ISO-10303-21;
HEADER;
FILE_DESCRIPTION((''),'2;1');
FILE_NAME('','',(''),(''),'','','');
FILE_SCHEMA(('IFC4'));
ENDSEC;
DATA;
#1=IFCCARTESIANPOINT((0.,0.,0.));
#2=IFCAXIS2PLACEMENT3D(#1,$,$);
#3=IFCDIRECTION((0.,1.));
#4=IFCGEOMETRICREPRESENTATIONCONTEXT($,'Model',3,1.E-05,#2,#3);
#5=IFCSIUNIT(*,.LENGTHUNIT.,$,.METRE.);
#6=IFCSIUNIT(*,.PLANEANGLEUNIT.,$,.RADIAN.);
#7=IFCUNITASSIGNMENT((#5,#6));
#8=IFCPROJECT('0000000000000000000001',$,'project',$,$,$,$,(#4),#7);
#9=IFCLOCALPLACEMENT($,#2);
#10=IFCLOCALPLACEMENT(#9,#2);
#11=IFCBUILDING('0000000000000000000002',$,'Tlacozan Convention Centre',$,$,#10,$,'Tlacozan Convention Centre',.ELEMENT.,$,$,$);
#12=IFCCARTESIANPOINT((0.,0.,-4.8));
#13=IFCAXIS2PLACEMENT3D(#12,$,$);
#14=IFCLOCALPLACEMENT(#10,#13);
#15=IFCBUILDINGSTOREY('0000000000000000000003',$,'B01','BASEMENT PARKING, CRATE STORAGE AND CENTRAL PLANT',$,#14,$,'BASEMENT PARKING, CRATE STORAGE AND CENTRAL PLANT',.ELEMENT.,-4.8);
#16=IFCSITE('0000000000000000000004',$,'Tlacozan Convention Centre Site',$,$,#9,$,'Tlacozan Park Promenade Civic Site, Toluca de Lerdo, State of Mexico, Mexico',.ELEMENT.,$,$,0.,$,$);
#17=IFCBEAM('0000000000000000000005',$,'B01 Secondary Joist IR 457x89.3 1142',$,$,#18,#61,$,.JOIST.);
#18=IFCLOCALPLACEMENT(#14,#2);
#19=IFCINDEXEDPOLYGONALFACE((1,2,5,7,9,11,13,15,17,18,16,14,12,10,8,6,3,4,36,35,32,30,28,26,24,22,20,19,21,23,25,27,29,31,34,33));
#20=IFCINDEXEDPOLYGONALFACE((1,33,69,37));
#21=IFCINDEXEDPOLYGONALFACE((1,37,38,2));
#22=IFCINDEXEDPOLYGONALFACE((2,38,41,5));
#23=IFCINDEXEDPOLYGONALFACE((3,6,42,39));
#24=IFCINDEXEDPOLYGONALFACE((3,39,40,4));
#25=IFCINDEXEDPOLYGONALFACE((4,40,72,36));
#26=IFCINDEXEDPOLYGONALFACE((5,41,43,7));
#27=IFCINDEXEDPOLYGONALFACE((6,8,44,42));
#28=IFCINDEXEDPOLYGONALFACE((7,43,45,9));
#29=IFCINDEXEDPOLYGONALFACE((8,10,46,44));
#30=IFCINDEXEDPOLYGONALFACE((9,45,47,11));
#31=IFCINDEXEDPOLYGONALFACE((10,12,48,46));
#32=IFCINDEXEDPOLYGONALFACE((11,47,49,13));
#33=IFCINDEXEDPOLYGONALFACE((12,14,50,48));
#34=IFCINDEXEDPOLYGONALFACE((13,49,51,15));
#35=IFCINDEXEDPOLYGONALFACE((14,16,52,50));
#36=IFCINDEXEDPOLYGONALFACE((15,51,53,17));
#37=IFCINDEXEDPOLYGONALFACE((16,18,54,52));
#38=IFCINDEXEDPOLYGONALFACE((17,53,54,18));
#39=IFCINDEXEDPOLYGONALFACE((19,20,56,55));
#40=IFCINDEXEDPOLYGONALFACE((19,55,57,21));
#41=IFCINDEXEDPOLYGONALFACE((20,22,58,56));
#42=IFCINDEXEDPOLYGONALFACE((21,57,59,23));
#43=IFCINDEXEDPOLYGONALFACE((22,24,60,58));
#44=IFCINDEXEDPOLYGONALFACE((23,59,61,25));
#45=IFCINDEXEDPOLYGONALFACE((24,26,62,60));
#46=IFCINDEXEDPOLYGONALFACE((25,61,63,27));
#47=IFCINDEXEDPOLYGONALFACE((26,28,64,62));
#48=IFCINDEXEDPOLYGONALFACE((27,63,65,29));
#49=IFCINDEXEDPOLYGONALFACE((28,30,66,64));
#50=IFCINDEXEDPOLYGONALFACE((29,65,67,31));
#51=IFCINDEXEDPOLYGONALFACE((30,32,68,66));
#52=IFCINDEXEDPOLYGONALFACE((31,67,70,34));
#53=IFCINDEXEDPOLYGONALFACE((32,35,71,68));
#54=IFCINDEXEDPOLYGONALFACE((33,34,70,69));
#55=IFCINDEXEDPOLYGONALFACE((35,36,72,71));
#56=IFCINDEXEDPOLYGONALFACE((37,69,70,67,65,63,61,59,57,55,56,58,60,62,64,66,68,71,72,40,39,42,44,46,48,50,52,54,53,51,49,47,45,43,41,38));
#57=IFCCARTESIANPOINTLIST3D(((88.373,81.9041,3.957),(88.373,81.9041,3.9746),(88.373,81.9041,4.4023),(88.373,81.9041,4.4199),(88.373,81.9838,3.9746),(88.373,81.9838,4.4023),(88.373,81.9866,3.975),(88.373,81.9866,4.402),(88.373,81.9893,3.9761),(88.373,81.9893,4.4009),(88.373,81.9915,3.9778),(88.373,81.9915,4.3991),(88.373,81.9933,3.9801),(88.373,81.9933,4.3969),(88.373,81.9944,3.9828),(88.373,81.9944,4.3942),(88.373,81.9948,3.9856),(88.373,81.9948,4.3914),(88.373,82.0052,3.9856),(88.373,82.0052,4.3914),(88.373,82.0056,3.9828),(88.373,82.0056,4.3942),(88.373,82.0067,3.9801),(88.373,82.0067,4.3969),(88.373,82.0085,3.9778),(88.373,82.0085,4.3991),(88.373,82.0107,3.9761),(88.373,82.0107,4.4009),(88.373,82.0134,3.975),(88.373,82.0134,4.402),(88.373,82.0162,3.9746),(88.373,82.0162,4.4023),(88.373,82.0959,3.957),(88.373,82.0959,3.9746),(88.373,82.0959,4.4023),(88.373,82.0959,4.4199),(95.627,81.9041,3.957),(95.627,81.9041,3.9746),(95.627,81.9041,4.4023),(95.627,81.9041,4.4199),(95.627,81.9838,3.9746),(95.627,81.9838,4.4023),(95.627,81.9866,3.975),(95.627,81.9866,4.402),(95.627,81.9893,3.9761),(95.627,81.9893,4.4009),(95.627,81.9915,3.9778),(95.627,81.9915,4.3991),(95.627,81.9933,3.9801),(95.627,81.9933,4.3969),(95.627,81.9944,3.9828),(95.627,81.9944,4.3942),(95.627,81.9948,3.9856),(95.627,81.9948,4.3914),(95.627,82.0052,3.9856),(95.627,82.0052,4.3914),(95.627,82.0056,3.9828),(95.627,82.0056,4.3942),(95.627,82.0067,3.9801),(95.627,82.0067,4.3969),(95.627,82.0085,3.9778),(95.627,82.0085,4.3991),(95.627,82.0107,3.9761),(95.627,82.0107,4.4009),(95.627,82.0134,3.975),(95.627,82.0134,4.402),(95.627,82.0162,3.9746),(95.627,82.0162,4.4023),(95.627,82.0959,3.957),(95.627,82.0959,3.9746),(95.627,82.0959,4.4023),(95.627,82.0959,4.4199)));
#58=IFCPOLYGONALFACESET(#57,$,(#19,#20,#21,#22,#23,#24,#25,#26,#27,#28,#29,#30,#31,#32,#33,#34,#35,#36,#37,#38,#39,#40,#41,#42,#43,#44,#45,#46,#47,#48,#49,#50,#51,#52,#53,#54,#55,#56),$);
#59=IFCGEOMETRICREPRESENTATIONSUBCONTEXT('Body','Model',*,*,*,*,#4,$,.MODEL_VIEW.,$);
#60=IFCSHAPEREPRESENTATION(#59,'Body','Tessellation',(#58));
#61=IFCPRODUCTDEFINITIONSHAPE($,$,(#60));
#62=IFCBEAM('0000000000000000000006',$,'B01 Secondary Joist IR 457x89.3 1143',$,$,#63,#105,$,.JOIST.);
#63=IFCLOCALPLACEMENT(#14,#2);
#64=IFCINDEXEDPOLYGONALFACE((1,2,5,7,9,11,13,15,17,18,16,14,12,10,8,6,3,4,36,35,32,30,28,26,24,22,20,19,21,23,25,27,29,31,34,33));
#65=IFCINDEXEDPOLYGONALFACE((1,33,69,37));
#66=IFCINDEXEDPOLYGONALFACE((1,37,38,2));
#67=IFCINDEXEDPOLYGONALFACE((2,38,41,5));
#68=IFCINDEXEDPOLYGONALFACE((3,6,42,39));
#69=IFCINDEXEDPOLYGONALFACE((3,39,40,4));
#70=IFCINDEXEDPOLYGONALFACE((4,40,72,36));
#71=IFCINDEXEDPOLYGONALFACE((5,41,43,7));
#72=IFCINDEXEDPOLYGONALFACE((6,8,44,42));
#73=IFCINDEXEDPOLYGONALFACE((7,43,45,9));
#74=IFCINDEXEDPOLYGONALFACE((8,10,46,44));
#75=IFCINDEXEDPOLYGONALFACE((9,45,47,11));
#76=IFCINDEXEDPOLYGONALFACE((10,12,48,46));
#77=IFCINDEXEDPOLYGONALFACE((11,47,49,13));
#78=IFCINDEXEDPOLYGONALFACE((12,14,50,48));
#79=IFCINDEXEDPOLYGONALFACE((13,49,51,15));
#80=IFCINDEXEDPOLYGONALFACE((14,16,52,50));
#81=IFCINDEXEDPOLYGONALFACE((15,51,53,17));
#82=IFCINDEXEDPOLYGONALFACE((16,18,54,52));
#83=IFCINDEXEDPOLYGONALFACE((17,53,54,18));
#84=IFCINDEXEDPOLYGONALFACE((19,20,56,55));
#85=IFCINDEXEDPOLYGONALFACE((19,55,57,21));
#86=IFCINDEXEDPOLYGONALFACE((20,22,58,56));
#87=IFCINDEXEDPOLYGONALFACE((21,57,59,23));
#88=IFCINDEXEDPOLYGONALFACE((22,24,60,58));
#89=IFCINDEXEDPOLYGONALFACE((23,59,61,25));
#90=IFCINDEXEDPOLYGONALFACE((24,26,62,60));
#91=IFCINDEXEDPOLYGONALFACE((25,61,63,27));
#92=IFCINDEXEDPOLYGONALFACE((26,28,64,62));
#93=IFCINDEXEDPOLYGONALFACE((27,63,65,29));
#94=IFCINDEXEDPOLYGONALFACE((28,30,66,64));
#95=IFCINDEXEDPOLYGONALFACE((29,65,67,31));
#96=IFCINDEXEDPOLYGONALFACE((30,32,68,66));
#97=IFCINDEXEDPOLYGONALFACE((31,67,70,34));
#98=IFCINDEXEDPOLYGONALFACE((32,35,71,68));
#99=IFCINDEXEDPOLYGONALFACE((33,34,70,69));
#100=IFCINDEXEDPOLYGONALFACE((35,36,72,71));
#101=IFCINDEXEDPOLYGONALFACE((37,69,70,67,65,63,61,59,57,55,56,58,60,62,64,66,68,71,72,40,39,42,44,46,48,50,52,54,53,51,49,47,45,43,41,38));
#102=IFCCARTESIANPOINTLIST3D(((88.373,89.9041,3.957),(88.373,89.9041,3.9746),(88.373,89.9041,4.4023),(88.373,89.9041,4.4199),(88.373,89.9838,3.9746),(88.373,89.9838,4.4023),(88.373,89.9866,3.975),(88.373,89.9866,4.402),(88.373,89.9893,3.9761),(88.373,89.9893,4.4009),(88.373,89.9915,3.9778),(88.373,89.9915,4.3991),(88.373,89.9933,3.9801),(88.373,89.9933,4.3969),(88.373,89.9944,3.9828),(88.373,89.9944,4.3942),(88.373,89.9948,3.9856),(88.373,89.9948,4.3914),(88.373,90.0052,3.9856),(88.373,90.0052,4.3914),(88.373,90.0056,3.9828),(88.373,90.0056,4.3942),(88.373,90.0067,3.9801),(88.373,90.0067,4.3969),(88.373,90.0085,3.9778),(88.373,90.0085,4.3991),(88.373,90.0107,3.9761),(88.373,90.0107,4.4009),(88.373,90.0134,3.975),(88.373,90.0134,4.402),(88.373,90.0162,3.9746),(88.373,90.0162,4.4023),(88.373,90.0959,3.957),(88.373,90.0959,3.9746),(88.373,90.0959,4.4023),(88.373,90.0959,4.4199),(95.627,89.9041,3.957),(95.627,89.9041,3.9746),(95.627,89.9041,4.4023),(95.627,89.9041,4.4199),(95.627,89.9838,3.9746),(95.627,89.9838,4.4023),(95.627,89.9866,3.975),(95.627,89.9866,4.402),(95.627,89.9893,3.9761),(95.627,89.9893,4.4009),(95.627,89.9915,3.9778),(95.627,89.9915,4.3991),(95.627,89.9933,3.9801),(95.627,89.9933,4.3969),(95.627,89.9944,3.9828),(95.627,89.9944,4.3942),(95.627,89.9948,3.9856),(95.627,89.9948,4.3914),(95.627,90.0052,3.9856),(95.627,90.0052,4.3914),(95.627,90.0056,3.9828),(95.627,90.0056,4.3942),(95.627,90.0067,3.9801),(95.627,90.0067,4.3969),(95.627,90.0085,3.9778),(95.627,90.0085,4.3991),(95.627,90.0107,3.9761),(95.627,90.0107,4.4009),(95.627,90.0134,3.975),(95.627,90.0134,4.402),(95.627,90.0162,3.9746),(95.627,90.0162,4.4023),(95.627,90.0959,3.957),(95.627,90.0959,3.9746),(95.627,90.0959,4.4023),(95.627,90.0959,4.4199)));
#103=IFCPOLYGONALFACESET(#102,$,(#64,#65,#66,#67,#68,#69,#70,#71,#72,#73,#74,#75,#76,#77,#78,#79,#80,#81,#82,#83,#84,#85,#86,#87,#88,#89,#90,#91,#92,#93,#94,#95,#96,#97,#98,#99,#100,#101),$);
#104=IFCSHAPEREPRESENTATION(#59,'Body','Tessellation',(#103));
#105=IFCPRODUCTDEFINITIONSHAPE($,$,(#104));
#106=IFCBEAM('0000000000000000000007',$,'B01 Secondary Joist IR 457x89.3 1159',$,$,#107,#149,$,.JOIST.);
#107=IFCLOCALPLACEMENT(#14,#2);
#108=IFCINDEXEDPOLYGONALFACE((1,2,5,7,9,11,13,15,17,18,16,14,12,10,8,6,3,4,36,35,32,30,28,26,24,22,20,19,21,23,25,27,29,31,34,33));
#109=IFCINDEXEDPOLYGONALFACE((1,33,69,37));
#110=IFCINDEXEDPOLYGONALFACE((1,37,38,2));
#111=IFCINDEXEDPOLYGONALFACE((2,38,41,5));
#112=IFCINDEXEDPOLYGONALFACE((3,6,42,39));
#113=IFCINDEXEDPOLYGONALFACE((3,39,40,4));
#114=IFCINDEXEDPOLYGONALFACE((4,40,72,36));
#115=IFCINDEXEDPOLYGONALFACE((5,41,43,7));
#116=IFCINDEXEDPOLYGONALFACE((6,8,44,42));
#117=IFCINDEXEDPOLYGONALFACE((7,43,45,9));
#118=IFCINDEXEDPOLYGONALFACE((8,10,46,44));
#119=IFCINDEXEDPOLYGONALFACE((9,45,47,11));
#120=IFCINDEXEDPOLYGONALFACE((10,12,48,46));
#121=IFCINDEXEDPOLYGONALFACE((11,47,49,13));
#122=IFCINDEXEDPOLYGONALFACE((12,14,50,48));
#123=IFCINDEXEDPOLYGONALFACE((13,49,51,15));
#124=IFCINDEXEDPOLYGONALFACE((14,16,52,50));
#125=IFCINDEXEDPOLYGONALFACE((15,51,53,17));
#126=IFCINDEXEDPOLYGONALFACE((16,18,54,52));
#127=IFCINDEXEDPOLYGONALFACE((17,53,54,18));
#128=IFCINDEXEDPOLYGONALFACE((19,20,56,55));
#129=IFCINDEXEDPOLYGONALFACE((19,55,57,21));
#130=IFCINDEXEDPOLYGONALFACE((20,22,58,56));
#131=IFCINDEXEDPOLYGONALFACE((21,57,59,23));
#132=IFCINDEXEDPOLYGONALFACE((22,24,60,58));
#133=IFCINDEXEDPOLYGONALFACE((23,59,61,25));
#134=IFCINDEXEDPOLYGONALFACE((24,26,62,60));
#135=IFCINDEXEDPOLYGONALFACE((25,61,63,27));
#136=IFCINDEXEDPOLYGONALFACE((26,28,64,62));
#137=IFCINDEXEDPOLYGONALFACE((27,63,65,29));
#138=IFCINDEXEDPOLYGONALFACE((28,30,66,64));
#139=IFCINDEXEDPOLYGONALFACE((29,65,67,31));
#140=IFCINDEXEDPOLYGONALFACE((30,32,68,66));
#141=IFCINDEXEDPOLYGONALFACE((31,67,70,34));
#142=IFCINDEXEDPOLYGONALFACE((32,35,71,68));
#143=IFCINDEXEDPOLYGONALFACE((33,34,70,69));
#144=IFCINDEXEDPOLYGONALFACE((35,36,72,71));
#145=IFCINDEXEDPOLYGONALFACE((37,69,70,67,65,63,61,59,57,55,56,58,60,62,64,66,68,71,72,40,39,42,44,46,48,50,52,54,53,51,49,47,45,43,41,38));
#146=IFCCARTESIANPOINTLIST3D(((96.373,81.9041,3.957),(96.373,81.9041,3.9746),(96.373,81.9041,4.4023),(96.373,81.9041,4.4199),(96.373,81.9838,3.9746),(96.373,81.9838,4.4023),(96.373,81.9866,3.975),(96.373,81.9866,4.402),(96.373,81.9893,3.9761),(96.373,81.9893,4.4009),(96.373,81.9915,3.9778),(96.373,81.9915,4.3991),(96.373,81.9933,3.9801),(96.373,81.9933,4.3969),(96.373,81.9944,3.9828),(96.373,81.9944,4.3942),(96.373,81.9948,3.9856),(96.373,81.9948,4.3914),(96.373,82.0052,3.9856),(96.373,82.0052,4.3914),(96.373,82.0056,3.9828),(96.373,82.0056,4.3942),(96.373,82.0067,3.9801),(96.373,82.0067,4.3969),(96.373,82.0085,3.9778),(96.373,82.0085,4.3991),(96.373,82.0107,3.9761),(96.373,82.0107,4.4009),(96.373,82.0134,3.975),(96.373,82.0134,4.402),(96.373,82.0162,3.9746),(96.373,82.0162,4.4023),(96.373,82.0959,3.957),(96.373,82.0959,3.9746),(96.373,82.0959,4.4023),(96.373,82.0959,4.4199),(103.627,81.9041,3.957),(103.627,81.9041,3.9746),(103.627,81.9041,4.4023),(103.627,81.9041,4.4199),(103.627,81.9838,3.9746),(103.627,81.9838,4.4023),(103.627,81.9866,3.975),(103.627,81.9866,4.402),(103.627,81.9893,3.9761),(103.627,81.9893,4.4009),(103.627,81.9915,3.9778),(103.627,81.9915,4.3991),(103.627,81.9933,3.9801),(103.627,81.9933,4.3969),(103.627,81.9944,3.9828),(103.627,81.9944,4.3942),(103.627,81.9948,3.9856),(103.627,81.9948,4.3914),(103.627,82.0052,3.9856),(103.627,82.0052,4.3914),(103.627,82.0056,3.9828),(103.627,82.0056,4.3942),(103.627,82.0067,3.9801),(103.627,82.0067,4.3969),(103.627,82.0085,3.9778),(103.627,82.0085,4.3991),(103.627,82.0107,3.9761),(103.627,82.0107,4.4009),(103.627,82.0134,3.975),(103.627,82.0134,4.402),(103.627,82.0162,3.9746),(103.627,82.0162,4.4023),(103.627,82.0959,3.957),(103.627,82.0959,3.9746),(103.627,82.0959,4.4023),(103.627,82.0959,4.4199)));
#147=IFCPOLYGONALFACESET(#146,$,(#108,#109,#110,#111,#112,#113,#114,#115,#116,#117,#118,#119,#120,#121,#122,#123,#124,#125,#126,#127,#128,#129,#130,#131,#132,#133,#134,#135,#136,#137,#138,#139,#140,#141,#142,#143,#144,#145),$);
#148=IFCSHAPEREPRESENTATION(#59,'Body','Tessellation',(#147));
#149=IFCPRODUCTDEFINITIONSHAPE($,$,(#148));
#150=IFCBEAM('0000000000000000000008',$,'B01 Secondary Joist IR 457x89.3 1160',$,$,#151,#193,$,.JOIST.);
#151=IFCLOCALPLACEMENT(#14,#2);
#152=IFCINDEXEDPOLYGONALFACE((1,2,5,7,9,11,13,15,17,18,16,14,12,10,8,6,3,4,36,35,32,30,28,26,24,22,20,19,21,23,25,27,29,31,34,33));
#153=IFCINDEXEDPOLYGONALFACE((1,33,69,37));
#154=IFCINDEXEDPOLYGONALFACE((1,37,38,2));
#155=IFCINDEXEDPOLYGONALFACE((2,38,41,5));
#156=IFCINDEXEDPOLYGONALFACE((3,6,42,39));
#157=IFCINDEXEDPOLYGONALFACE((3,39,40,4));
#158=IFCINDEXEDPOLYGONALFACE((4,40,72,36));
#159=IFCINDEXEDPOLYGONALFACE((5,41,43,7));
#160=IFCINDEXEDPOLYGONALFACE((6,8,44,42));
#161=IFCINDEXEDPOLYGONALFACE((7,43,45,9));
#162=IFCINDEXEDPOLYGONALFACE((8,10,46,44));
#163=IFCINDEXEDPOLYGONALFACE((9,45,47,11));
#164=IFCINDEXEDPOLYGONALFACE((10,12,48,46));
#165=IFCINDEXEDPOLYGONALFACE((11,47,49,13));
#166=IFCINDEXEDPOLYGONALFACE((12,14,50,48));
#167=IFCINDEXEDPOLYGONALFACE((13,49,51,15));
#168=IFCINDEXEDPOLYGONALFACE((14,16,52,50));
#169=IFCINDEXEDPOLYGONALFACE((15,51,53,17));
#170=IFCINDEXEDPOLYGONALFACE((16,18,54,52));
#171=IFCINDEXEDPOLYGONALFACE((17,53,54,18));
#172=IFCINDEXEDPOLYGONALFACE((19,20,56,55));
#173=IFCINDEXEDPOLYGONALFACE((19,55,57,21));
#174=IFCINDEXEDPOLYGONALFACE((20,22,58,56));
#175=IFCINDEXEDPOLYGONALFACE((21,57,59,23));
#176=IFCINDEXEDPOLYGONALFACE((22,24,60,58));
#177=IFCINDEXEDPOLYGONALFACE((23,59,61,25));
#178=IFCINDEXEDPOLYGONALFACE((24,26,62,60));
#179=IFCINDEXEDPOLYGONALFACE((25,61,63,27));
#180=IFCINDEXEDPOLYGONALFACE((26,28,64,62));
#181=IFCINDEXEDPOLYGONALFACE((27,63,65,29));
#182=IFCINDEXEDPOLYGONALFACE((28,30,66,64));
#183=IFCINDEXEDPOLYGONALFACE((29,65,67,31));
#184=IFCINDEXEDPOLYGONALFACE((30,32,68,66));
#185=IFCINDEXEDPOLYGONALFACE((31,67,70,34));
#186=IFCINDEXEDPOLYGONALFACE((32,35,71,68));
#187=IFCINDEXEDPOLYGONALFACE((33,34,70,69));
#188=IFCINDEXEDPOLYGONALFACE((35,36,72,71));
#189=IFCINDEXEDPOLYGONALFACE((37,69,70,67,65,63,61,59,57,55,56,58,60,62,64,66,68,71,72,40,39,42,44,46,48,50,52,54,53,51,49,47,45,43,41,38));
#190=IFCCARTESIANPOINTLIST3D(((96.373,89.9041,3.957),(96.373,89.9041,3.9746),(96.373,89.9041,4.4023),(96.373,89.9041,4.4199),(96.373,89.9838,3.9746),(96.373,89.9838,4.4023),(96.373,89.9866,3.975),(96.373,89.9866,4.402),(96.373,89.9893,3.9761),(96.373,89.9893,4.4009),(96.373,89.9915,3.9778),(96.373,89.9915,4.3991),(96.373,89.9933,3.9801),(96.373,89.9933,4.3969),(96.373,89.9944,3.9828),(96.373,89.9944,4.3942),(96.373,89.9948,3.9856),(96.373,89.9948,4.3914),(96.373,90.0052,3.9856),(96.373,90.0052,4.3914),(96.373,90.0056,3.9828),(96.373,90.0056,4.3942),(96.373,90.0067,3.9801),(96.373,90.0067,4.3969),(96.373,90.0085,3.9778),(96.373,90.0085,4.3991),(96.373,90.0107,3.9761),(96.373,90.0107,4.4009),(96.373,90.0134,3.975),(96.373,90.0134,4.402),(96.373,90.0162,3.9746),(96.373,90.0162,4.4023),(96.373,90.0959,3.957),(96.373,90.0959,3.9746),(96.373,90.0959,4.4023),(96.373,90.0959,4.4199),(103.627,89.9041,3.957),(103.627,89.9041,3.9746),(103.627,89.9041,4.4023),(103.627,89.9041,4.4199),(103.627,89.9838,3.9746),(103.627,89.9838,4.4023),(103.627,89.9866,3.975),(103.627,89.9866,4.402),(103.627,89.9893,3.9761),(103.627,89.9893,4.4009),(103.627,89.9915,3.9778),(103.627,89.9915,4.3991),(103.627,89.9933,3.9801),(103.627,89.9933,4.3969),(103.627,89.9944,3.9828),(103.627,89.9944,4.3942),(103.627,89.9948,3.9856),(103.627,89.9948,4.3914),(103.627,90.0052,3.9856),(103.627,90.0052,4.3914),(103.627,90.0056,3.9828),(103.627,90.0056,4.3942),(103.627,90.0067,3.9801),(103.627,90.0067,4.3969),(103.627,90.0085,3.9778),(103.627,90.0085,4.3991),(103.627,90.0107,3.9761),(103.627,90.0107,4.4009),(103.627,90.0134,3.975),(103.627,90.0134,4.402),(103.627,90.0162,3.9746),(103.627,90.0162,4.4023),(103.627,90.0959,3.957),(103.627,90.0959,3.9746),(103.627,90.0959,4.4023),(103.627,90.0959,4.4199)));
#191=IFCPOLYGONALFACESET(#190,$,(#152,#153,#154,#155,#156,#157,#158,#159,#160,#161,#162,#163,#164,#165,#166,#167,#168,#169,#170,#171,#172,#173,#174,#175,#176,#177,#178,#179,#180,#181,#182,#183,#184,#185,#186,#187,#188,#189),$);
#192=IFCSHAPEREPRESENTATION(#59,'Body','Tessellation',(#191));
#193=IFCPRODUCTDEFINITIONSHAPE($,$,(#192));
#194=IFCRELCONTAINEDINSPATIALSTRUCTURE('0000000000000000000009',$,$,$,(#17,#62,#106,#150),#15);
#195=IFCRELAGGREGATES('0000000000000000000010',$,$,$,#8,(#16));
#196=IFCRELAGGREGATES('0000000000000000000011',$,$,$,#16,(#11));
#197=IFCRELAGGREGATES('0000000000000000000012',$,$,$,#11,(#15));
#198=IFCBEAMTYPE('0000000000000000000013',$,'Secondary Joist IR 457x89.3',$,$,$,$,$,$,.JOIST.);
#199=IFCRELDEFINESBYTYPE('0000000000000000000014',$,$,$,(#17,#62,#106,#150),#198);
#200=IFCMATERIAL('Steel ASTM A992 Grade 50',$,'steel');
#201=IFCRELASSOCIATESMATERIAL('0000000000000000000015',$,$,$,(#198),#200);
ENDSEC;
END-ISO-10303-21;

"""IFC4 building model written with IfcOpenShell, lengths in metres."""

from ifc_helpers import new_model, si_unit, direction, frame, origin, origin_2d, place, context, subcontext, project, spatial, i_section, extrude, material, material_profile, profile_set, type_object, element, save


model = new_model("IFC4")

# Units and contexts
model_context = context("Model", 3, precision=1e-05, world=origin(), true_north=direction((0.0, 1.0)))
body_context = subcontext(model_context, "Body", "Model", "MODEL_VIEW")
ifc_project = project(units=[si_unit("LENGTHUNIT", "METRE"), si_unit("PLANEANGLEUNIT", "RADIAN")], contexts=[model_context])

# Site, building, storey
site_placement = place(None, origin())
site = spatial("IfcSite", under=ifc_project, at=site_placement, Name="Tlacozan Convention Centre Site", LongName="Tlacozan Park Promenade Civic Site, Toluca de Lerdo, State of Mexico, Mexico", CompositionType="ELEMENT", RefElevation=0.0)
building_placement = place(site_placement, origin())
building = spatial("IfcBuilding", under=site, at=building_placement, Name="Tlacozan Convention Centre", LongName="Tlacozan Convention Centre", CompositionType="ELEMENT")
storey_placement = place(building_placement, frame((0.0, 0.0, -4.8)))
storey = spatial("IfcBuildingStorey", under=building, at=storey_placement, Name="B01", Description="BASEMENT PARKING, CRATE STORAGE AND CENTRAL PLANT", LongName="BASEMENT PARKING, CRATE STORAGE AND CENTRAL PLANT", CompositionType="ELEMENT", Elevation=-4.8)

# Beams
ifc_material_1 = material(Name="Steel ASTM A992 Grade 50", Category="steel")
ifc_material_profile_1 = material_profile(ifc_material_1, i_section(OverallWidth=0.1919, OverallDepth=0.4629, WebThickness=0.0105, FlangeThickness=0.0176, FilletRadius=0.011, at=origin_2d()), Name="IR 457x89.3")
ifc_profile_set_1 = profile_set([ifc_material_profile_1], Name="Steel ASTM A992 Grade 50")
beam_type_1 = type_object("IfcBeamType", Name="Secondary Joist IR 457x89.3", PredefinedType="JOIST", material=ifc_profile_set_1)
for number, where, z_axis, x_axis, name in (
    (1, (88.373, 82.0, 4.1885), (1.0, 0.0, 0.0), (0.0, 1.0, 0.0), "B01 Secondary Joist IR 457x89.3 1142"),
    (2, (88.373, 90.0, 4.1885), (1.0, 0.0, 0.0), (0.0, 1.0, 0.0), "B01 Secondary Joist IR 457x89.3 1143"),
    (3, (96.373, 82.0, 4.1885), (1.0, 0.0, 0.0), (0.0, 1.0, 0.0), "B01 Secondary Joist IR 457x89.3 1159"),
    (4, (96.373, 90.0, 4.1885), (1.0, 0.0, 0.0), (0.0, 1.0, 0.0), "B01 Secondary Joist IR 457x89.3 1160"),
):
    element("IfcBeam", number, at=place(storey_placement, frame(where, z_axis=z_axis, x_axis=x_axis)), inside=storey, type_object=beam_type_1, Name=name, PredefinedType="JOIST", context=body_context, shape_type="SweptSolid", body=[
        extrude(i_section(OverallWidth=0.1919, OverallDepth=0.4629, WebThickness=0.0105, FlangeThickness=0.0176, FilletRadius=0.011, at=origin_2d()), origin(), (0.0, 0.0, 1.0), 7.2539),
    ])

save(model, "model.ifc")
